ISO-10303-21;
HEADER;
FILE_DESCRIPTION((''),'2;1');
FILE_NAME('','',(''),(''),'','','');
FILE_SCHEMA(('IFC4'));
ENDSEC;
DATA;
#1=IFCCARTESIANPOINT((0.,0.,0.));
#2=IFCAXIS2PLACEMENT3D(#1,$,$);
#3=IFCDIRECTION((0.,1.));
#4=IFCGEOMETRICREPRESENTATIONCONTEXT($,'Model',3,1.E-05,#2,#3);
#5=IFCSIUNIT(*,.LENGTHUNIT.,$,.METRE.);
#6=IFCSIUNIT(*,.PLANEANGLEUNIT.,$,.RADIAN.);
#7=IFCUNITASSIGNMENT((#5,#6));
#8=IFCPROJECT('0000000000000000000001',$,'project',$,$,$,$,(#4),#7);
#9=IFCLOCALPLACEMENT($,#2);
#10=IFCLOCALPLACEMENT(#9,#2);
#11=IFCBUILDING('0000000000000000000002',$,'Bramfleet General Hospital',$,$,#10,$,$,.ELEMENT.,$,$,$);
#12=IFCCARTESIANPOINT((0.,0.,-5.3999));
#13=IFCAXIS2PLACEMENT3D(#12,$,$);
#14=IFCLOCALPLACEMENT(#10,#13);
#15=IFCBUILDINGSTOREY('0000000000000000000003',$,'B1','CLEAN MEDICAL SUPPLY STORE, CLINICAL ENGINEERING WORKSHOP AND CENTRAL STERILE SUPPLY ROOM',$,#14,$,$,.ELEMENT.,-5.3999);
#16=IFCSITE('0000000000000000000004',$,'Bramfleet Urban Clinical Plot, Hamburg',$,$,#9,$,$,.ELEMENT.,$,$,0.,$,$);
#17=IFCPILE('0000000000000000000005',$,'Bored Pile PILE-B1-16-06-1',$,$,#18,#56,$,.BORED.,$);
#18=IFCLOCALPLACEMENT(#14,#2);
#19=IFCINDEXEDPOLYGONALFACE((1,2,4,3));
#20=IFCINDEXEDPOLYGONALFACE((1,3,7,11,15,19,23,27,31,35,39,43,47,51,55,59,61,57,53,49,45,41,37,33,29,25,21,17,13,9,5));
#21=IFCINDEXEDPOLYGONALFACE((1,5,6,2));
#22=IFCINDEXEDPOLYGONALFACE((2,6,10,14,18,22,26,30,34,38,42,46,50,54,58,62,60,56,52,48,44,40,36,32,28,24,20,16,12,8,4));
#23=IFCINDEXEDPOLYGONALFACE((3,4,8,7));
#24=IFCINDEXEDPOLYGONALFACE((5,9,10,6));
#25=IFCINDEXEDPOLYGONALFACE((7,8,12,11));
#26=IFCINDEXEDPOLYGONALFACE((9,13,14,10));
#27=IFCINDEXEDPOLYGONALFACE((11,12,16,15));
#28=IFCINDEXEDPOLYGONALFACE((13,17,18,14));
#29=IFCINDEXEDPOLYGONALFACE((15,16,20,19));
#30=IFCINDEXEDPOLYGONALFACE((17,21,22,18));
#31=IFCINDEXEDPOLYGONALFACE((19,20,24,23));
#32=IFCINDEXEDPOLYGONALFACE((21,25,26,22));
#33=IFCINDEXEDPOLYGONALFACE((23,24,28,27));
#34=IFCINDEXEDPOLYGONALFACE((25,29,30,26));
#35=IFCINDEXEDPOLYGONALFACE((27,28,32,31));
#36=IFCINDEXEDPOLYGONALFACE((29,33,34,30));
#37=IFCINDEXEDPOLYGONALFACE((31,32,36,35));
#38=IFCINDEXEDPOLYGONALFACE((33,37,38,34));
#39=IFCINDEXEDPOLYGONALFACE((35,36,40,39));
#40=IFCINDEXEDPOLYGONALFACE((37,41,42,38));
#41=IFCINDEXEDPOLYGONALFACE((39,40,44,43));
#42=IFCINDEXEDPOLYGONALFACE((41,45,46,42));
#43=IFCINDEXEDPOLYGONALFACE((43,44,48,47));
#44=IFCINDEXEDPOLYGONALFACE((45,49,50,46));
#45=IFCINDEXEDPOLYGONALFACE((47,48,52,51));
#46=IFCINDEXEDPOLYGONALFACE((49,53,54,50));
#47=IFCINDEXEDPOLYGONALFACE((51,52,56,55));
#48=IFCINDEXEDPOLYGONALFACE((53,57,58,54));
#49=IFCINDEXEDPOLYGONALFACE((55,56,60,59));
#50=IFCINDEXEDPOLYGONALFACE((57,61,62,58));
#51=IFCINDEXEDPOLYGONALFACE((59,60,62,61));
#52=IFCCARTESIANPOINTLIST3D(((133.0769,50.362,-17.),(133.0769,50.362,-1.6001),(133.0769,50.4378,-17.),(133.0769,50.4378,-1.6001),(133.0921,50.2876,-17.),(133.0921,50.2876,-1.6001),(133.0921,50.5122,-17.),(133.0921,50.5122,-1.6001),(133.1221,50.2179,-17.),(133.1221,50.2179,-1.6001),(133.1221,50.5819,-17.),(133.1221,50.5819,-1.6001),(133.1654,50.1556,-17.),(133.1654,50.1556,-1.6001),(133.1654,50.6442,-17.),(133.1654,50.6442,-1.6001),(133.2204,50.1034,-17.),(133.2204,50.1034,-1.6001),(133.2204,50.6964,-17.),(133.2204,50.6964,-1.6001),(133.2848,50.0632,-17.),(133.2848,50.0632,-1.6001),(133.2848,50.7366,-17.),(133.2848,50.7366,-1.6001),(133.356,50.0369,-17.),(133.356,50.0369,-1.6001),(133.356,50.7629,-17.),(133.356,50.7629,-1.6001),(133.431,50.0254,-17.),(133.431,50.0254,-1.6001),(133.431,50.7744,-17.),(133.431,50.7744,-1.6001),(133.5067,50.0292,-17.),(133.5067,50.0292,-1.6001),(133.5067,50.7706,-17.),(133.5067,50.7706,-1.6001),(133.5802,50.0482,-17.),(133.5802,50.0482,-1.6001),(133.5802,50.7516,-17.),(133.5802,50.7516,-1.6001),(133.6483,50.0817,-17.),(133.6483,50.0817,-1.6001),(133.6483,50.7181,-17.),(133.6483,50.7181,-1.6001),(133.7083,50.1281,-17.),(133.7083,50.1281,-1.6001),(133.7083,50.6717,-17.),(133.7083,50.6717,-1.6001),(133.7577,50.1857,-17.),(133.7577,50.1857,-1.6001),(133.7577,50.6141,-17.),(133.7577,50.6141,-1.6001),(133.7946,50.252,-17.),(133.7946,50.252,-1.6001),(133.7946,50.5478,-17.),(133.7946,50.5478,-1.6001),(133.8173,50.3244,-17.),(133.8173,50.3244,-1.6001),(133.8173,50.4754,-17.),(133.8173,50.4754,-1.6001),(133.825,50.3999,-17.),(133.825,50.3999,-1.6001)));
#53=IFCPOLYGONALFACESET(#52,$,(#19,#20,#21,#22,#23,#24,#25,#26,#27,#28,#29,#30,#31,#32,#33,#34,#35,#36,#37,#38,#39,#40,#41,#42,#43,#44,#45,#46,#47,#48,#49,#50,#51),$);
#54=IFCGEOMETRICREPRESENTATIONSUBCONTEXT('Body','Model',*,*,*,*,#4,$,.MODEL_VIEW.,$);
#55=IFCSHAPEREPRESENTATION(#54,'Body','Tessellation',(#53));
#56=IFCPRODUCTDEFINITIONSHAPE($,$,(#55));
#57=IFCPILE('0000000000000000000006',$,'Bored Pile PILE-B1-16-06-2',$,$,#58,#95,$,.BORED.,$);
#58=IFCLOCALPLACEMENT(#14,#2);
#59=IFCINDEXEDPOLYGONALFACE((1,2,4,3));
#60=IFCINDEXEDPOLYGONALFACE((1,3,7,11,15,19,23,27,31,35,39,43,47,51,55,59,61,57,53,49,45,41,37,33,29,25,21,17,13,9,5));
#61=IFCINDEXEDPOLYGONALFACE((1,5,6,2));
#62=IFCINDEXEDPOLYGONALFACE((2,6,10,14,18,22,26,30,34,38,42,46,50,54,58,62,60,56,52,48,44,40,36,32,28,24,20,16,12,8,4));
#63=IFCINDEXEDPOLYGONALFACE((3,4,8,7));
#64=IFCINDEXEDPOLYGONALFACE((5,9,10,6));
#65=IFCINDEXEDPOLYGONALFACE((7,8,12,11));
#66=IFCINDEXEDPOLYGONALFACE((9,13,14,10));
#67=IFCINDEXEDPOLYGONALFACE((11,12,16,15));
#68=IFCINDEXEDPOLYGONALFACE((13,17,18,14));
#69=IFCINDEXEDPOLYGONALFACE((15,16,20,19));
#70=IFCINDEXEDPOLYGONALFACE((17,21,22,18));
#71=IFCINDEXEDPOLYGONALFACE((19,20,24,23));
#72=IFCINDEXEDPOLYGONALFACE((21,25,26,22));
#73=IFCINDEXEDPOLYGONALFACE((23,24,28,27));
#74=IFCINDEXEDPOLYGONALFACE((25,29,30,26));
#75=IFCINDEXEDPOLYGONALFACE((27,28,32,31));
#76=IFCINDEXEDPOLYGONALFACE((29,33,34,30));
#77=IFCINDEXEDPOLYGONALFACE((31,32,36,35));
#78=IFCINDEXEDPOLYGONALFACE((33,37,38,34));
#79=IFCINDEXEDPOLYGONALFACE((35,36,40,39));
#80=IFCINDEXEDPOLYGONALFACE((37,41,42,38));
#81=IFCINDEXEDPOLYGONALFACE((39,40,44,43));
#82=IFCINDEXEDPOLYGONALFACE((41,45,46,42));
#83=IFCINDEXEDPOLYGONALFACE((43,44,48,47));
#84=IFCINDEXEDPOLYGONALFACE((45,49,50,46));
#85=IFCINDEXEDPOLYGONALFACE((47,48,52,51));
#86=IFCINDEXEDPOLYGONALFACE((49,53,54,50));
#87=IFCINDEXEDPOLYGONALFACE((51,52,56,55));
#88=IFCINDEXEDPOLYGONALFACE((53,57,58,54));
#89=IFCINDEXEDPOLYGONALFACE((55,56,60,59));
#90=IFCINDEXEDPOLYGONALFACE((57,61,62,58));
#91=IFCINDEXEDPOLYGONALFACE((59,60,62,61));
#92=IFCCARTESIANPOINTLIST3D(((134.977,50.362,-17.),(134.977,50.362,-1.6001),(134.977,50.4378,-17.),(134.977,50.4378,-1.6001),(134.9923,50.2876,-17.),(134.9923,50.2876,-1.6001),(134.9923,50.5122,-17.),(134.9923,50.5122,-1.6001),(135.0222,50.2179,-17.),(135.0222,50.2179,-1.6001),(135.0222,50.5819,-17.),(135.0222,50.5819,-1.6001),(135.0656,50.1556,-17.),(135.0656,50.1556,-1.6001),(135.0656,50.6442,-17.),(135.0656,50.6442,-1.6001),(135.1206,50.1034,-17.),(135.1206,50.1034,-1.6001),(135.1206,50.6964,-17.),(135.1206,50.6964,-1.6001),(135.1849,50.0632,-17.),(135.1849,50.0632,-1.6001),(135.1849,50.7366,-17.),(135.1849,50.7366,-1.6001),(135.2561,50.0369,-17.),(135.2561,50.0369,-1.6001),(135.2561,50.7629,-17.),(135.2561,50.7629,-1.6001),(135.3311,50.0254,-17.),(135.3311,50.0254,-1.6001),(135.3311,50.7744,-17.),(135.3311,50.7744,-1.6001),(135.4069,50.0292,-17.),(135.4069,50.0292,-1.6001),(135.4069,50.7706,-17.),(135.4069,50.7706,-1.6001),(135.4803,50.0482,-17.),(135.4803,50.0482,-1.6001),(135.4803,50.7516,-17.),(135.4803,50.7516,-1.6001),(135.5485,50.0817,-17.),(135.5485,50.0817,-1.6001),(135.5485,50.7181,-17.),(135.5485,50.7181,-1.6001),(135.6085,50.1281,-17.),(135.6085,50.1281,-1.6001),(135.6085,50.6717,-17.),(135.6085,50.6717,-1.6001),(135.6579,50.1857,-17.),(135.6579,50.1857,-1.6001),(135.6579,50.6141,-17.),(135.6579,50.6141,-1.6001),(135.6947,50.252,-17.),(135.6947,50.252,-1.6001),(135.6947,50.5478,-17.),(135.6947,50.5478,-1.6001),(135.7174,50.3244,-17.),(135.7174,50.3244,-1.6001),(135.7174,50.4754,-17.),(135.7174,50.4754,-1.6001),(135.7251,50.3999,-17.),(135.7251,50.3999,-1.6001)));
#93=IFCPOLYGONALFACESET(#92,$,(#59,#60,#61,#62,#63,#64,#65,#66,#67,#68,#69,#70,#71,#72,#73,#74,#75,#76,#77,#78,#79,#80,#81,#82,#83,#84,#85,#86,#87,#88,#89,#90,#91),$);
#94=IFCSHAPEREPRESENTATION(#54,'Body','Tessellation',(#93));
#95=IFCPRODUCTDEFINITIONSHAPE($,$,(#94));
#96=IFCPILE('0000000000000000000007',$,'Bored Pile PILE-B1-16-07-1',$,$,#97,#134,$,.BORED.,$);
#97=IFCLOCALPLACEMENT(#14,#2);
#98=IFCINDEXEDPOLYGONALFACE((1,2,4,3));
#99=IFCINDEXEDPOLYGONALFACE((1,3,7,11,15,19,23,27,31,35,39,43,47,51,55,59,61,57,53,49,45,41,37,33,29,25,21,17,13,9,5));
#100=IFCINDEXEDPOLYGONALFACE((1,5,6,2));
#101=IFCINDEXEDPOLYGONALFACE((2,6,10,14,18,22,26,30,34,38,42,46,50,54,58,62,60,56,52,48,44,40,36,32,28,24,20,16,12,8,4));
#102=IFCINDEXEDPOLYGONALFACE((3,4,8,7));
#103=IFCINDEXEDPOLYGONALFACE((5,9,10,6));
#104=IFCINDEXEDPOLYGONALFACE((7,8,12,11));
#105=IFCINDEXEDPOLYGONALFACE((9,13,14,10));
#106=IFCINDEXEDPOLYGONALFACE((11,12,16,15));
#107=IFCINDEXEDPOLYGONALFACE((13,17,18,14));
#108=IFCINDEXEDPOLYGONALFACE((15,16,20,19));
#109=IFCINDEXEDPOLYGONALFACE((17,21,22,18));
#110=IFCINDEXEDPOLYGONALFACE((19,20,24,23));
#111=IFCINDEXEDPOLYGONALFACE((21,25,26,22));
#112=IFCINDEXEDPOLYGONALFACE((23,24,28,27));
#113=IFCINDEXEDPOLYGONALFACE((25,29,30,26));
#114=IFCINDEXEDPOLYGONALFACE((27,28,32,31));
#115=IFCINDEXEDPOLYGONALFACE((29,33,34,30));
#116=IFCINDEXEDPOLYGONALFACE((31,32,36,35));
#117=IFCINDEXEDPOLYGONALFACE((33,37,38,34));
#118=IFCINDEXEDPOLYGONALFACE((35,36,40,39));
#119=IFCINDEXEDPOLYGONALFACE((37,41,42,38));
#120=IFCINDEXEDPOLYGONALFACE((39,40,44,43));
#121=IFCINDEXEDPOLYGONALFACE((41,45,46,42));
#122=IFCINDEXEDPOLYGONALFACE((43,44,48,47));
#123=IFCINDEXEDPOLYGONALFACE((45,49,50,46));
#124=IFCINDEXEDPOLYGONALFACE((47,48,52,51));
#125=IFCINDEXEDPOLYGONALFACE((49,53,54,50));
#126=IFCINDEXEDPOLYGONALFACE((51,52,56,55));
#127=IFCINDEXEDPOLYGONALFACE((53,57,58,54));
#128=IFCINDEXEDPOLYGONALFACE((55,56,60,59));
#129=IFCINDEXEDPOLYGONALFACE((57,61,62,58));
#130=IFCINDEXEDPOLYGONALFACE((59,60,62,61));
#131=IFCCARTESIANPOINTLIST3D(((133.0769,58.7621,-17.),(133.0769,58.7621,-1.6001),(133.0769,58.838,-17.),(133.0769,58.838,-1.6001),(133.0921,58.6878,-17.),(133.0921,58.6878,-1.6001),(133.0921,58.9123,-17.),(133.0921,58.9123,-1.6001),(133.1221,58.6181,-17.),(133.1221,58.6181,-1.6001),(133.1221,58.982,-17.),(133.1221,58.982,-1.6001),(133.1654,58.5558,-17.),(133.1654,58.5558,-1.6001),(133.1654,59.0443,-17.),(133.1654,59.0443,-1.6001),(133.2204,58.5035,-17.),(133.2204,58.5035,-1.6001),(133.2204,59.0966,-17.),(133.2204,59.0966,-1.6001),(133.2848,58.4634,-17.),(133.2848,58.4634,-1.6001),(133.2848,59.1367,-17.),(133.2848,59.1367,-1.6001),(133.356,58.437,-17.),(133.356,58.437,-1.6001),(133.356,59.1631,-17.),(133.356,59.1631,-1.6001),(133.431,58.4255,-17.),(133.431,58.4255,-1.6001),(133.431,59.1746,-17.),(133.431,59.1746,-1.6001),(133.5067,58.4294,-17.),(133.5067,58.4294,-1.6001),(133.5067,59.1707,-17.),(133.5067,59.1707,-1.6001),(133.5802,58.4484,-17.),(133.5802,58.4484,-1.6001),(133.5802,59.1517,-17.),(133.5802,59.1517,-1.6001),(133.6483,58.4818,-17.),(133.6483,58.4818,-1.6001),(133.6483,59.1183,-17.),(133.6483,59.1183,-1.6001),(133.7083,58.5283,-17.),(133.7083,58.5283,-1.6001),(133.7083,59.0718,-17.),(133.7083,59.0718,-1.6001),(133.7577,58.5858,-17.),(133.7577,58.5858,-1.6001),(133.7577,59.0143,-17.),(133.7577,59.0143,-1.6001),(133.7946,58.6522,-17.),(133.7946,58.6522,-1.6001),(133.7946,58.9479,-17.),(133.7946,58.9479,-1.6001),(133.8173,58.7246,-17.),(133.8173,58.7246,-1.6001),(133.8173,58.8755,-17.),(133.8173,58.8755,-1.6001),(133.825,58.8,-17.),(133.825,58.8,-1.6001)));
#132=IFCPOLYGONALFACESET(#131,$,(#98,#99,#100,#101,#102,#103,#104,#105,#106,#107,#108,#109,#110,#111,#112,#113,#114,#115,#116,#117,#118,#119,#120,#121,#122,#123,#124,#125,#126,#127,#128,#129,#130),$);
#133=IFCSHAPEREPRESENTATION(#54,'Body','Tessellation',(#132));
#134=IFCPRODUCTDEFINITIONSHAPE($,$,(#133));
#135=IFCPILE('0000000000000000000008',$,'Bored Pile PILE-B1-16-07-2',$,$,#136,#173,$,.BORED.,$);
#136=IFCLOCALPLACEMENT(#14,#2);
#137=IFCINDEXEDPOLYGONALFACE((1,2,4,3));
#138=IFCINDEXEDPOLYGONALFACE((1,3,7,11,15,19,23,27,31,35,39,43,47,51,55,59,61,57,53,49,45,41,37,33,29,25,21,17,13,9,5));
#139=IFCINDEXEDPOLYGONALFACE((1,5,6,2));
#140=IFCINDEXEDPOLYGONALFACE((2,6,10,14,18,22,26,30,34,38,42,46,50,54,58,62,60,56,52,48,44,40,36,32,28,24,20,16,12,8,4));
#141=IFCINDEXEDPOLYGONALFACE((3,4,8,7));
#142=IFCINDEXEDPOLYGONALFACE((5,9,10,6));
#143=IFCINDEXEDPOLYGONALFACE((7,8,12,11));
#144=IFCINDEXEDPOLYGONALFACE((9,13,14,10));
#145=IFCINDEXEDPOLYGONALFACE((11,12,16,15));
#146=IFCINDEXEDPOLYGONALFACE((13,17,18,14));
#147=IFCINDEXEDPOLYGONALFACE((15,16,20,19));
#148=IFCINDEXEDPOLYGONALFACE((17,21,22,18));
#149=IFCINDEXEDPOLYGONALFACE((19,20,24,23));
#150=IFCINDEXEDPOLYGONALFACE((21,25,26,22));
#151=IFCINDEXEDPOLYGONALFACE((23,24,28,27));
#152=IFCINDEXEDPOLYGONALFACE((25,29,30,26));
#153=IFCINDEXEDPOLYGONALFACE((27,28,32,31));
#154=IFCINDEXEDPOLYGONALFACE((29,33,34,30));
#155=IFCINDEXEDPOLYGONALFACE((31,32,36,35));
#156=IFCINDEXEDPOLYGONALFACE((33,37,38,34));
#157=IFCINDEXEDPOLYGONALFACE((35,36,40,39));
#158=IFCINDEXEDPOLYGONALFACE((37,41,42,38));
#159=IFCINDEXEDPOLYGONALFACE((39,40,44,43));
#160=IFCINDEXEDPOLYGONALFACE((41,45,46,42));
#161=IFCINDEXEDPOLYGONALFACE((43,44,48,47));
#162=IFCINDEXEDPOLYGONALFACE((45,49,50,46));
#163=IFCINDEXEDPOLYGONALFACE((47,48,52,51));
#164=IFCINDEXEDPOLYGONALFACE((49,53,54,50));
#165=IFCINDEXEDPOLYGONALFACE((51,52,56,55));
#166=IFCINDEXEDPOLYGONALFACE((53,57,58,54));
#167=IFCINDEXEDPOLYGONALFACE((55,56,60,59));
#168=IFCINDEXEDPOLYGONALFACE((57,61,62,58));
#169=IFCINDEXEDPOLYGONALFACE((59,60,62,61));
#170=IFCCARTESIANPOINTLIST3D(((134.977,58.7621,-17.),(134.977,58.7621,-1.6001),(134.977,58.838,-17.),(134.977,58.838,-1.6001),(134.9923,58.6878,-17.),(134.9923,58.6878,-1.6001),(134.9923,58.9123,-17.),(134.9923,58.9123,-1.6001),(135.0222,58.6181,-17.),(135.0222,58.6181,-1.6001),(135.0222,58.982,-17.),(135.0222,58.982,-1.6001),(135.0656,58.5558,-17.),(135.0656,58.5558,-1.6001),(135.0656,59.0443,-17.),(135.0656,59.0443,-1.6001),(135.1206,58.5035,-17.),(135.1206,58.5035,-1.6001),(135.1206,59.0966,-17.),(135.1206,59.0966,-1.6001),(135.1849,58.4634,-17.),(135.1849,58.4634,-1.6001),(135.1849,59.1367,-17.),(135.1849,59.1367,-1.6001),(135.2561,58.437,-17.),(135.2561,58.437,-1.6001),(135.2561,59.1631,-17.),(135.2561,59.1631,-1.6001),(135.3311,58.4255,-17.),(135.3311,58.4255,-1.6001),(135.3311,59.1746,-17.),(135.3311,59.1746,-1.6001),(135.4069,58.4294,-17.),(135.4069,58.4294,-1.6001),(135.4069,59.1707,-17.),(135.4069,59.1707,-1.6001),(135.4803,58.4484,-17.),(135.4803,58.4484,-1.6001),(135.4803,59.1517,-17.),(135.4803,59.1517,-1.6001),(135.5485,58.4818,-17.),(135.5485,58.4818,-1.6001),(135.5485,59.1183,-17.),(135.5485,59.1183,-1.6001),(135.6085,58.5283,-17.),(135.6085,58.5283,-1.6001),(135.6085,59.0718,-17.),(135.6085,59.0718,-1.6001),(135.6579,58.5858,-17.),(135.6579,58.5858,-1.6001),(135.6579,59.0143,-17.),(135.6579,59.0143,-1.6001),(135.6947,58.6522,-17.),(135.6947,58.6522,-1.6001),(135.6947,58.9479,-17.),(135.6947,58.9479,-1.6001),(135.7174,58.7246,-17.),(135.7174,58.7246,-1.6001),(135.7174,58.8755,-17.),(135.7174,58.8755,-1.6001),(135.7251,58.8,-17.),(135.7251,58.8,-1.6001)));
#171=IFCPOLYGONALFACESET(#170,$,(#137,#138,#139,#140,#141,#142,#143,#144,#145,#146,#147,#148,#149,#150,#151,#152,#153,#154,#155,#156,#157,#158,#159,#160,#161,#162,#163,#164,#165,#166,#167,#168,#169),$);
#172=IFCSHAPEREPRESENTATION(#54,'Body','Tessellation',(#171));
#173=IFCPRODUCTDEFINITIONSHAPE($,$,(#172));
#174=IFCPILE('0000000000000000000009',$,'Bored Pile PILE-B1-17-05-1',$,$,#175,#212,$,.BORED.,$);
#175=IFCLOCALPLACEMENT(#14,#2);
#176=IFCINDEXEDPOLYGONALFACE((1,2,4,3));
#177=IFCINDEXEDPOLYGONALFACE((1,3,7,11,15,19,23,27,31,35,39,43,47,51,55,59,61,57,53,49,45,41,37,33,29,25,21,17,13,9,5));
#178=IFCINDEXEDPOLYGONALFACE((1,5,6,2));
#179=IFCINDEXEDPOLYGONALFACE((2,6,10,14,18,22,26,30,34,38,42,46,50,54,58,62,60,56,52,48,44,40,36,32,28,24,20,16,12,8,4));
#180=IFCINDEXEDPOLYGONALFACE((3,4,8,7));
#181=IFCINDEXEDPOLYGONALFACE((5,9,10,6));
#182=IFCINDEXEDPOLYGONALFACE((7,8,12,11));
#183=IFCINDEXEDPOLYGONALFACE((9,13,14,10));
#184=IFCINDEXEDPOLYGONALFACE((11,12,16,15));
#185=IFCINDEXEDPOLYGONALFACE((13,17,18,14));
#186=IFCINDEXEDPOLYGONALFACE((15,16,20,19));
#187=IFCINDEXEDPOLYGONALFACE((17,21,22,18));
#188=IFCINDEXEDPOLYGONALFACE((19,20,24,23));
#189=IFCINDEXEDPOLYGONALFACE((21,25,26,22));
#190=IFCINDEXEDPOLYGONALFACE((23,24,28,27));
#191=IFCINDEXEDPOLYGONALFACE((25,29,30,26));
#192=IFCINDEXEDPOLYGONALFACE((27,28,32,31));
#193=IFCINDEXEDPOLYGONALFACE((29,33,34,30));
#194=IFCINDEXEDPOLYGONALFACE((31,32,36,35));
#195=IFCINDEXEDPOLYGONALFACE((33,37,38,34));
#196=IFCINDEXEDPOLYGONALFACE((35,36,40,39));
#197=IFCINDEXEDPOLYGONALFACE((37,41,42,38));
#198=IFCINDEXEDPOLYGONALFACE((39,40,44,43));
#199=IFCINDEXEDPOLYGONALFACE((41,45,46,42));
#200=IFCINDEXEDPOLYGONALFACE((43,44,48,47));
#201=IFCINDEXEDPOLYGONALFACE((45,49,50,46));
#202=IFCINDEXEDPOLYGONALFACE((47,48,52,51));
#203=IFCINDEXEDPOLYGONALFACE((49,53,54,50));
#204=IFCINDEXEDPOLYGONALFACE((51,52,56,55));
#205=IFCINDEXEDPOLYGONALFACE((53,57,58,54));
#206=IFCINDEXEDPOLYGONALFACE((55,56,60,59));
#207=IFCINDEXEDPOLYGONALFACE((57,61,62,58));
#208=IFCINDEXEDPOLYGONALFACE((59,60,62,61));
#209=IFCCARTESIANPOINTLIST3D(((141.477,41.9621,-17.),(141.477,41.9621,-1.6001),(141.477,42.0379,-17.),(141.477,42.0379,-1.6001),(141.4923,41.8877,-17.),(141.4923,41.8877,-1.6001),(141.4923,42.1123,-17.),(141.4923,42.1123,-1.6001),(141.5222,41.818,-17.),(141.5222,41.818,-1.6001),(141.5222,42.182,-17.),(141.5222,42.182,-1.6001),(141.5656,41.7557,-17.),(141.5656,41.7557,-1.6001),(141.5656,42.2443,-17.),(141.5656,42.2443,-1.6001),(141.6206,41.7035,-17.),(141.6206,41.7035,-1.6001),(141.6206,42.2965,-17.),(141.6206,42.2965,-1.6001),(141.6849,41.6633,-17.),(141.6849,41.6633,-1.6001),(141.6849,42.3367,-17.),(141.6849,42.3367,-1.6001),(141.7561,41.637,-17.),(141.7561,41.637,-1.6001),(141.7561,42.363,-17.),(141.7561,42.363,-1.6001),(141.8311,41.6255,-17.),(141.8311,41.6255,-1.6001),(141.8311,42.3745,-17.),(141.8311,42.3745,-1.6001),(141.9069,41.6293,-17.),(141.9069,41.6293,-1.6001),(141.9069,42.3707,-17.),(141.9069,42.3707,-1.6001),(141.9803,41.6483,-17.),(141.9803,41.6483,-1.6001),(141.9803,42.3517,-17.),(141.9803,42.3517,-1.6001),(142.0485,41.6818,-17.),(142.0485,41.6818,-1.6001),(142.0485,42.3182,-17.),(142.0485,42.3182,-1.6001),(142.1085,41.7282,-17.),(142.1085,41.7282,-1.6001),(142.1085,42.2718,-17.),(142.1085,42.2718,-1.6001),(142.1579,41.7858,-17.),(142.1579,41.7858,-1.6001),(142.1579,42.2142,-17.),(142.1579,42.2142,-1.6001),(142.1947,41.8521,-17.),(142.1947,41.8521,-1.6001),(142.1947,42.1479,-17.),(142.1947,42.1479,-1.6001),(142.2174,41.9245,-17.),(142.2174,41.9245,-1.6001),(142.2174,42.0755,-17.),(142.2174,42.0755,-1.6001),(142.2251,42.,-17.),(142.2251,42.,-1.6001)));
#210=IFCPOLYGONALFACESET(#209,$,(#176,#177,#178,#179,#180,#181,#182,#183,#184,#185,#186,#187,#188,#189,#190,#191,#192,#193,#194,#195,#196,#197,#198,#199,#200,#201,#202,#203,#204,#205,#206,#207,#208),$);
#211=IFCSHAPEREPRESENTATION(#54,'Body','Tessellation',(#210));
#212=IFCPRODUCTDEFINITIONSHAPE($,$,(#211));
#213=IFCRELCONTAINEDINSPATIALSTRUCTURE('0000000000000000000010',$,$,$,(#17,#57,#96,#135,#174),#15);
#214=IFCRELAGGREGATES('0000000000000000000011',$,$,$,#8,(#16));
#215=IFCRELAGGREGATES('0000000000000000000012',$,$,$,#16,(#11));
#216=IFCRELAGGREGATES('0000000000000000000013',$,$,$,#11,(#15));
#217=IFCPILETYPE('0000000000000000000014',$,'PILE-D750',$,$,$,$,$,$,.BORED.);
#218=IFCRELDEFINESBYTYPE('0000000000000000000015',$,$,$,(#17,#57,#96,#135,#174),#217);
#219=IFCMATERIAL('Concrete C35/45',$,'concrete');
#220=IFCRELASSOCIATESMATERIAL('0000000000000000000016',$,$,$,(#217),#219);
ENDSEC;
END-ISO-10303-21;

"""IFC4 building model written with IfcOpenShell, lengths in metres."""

from ifc_helpers import new_model, si_unit, direction, frame, origin, origin_2d, place, context, subcontext, project, spatial, circle, extrude, material, material_profile, profile_set, type_object, element, save


model = new_model("IFC4")

# Units and contexts
model_context = context("Model", 3, precision=1e-05, world=origin(), true_north=direction((0.0, 1.0)))
body_context = subcontext(model_context, "Body", "Model", "MODEL_VIEW")
ifc_project = project(units=[si_unit("LENGTHUNIT", "METRE"), si_unit("PLANEANGLEUNIT", "RADIAN")], contexts=[model_context])

# Site, building, storey
site_placement = place(None, origin())
site = spatial("IfcSite", under=ifc_project, at=site_placement, Name="Bramfleet Urban Clinical Plot, Hamburg", CompositionType="ELEMENT", RefElevation=0.0)
building_placement = place(site_placement, origin())
building = spatial("IfcBuilding", under=site, at=building_placement, Name="Bramfleet General Hospital", CompositionType="ELEMENT")
storey_placement = place(building_placement, frame((0.0, 0.0, -5.3999)))
storey = spatial("IfcBuildingStorey", under=building, at=storey_placement, Name="B1", Description="CLEAN MEDICAL SUPPLY STORE, CLINICAL ENGINEERING WORKSHOP AND CENTRAL STERILE SUPPLY ROOM", CompositionType="ELEMENT", Elevation=-5.3999)

# Shared definitions
ifc_material_1 = material(Name="Concrete C35/45", Category="concrete")

# Piles
ifc_material_profile_1 = material_profile(ifc_material_1, circle(Radius=0.375, at=origin_2d()), Name="PILE BORED D750")
ifc_profile_set_1 = profile_set([ifc_material_profile_1], Name="Concrete C35/45")
pile_type = type_object("IfcPileType", Name="PILE-D750", PredefinedType="BORED", material=ifc_profile_set_1)
for number, where, z_axis, x_axis, name in (
    (1, (133.45, 50.3999, -1.6001), (0.0, 0.0, -1.0), (1.0, 0.0, 0.0), "Bored Pile PILE-B1-16-06-1"),
    (2, (135.3501, 50.3999, -1.6001), (0.0, 0.0, -1.0), (1.0, 0.0, 0.0), "Bored Pile PILE-B1-16-06-2"),
    (3, (133.45, 58.8, -1.6001), (0.0, 0.0, -1.0), (1.0, 0.0, 0.0), "Bored Pile PILE-B1-16-07-1"),
    (4, (135.3501, 58.8, -1.6001), (0.0, 0.0, -1.0), (1.0, 0.0, 0.0), "Bored Pile PILE-B1-16-07-2"),
    (5, (141.8501, 42.0, -1.6001), (0.0, 0.0, -1.0), (1.0, 0.0, 0.0), "Bored Pile PILE-B1-17-05-1"),
):
    element("IfcPile", number, at=place(storey_placement, frame(where, z_axis=z_axis, x_axis=x_axis)), inside=storey, type_object=pile_type, Name=name, PredefinedType="BORED", context=body_context, shape_type="SweptSolid", body=[
        extrude(circle(Radius=0.375, at=origin_2d()), origin(), (0.0, 0.0, 1.0), 15.3999),
    ])

save(model, "model.ifc")
